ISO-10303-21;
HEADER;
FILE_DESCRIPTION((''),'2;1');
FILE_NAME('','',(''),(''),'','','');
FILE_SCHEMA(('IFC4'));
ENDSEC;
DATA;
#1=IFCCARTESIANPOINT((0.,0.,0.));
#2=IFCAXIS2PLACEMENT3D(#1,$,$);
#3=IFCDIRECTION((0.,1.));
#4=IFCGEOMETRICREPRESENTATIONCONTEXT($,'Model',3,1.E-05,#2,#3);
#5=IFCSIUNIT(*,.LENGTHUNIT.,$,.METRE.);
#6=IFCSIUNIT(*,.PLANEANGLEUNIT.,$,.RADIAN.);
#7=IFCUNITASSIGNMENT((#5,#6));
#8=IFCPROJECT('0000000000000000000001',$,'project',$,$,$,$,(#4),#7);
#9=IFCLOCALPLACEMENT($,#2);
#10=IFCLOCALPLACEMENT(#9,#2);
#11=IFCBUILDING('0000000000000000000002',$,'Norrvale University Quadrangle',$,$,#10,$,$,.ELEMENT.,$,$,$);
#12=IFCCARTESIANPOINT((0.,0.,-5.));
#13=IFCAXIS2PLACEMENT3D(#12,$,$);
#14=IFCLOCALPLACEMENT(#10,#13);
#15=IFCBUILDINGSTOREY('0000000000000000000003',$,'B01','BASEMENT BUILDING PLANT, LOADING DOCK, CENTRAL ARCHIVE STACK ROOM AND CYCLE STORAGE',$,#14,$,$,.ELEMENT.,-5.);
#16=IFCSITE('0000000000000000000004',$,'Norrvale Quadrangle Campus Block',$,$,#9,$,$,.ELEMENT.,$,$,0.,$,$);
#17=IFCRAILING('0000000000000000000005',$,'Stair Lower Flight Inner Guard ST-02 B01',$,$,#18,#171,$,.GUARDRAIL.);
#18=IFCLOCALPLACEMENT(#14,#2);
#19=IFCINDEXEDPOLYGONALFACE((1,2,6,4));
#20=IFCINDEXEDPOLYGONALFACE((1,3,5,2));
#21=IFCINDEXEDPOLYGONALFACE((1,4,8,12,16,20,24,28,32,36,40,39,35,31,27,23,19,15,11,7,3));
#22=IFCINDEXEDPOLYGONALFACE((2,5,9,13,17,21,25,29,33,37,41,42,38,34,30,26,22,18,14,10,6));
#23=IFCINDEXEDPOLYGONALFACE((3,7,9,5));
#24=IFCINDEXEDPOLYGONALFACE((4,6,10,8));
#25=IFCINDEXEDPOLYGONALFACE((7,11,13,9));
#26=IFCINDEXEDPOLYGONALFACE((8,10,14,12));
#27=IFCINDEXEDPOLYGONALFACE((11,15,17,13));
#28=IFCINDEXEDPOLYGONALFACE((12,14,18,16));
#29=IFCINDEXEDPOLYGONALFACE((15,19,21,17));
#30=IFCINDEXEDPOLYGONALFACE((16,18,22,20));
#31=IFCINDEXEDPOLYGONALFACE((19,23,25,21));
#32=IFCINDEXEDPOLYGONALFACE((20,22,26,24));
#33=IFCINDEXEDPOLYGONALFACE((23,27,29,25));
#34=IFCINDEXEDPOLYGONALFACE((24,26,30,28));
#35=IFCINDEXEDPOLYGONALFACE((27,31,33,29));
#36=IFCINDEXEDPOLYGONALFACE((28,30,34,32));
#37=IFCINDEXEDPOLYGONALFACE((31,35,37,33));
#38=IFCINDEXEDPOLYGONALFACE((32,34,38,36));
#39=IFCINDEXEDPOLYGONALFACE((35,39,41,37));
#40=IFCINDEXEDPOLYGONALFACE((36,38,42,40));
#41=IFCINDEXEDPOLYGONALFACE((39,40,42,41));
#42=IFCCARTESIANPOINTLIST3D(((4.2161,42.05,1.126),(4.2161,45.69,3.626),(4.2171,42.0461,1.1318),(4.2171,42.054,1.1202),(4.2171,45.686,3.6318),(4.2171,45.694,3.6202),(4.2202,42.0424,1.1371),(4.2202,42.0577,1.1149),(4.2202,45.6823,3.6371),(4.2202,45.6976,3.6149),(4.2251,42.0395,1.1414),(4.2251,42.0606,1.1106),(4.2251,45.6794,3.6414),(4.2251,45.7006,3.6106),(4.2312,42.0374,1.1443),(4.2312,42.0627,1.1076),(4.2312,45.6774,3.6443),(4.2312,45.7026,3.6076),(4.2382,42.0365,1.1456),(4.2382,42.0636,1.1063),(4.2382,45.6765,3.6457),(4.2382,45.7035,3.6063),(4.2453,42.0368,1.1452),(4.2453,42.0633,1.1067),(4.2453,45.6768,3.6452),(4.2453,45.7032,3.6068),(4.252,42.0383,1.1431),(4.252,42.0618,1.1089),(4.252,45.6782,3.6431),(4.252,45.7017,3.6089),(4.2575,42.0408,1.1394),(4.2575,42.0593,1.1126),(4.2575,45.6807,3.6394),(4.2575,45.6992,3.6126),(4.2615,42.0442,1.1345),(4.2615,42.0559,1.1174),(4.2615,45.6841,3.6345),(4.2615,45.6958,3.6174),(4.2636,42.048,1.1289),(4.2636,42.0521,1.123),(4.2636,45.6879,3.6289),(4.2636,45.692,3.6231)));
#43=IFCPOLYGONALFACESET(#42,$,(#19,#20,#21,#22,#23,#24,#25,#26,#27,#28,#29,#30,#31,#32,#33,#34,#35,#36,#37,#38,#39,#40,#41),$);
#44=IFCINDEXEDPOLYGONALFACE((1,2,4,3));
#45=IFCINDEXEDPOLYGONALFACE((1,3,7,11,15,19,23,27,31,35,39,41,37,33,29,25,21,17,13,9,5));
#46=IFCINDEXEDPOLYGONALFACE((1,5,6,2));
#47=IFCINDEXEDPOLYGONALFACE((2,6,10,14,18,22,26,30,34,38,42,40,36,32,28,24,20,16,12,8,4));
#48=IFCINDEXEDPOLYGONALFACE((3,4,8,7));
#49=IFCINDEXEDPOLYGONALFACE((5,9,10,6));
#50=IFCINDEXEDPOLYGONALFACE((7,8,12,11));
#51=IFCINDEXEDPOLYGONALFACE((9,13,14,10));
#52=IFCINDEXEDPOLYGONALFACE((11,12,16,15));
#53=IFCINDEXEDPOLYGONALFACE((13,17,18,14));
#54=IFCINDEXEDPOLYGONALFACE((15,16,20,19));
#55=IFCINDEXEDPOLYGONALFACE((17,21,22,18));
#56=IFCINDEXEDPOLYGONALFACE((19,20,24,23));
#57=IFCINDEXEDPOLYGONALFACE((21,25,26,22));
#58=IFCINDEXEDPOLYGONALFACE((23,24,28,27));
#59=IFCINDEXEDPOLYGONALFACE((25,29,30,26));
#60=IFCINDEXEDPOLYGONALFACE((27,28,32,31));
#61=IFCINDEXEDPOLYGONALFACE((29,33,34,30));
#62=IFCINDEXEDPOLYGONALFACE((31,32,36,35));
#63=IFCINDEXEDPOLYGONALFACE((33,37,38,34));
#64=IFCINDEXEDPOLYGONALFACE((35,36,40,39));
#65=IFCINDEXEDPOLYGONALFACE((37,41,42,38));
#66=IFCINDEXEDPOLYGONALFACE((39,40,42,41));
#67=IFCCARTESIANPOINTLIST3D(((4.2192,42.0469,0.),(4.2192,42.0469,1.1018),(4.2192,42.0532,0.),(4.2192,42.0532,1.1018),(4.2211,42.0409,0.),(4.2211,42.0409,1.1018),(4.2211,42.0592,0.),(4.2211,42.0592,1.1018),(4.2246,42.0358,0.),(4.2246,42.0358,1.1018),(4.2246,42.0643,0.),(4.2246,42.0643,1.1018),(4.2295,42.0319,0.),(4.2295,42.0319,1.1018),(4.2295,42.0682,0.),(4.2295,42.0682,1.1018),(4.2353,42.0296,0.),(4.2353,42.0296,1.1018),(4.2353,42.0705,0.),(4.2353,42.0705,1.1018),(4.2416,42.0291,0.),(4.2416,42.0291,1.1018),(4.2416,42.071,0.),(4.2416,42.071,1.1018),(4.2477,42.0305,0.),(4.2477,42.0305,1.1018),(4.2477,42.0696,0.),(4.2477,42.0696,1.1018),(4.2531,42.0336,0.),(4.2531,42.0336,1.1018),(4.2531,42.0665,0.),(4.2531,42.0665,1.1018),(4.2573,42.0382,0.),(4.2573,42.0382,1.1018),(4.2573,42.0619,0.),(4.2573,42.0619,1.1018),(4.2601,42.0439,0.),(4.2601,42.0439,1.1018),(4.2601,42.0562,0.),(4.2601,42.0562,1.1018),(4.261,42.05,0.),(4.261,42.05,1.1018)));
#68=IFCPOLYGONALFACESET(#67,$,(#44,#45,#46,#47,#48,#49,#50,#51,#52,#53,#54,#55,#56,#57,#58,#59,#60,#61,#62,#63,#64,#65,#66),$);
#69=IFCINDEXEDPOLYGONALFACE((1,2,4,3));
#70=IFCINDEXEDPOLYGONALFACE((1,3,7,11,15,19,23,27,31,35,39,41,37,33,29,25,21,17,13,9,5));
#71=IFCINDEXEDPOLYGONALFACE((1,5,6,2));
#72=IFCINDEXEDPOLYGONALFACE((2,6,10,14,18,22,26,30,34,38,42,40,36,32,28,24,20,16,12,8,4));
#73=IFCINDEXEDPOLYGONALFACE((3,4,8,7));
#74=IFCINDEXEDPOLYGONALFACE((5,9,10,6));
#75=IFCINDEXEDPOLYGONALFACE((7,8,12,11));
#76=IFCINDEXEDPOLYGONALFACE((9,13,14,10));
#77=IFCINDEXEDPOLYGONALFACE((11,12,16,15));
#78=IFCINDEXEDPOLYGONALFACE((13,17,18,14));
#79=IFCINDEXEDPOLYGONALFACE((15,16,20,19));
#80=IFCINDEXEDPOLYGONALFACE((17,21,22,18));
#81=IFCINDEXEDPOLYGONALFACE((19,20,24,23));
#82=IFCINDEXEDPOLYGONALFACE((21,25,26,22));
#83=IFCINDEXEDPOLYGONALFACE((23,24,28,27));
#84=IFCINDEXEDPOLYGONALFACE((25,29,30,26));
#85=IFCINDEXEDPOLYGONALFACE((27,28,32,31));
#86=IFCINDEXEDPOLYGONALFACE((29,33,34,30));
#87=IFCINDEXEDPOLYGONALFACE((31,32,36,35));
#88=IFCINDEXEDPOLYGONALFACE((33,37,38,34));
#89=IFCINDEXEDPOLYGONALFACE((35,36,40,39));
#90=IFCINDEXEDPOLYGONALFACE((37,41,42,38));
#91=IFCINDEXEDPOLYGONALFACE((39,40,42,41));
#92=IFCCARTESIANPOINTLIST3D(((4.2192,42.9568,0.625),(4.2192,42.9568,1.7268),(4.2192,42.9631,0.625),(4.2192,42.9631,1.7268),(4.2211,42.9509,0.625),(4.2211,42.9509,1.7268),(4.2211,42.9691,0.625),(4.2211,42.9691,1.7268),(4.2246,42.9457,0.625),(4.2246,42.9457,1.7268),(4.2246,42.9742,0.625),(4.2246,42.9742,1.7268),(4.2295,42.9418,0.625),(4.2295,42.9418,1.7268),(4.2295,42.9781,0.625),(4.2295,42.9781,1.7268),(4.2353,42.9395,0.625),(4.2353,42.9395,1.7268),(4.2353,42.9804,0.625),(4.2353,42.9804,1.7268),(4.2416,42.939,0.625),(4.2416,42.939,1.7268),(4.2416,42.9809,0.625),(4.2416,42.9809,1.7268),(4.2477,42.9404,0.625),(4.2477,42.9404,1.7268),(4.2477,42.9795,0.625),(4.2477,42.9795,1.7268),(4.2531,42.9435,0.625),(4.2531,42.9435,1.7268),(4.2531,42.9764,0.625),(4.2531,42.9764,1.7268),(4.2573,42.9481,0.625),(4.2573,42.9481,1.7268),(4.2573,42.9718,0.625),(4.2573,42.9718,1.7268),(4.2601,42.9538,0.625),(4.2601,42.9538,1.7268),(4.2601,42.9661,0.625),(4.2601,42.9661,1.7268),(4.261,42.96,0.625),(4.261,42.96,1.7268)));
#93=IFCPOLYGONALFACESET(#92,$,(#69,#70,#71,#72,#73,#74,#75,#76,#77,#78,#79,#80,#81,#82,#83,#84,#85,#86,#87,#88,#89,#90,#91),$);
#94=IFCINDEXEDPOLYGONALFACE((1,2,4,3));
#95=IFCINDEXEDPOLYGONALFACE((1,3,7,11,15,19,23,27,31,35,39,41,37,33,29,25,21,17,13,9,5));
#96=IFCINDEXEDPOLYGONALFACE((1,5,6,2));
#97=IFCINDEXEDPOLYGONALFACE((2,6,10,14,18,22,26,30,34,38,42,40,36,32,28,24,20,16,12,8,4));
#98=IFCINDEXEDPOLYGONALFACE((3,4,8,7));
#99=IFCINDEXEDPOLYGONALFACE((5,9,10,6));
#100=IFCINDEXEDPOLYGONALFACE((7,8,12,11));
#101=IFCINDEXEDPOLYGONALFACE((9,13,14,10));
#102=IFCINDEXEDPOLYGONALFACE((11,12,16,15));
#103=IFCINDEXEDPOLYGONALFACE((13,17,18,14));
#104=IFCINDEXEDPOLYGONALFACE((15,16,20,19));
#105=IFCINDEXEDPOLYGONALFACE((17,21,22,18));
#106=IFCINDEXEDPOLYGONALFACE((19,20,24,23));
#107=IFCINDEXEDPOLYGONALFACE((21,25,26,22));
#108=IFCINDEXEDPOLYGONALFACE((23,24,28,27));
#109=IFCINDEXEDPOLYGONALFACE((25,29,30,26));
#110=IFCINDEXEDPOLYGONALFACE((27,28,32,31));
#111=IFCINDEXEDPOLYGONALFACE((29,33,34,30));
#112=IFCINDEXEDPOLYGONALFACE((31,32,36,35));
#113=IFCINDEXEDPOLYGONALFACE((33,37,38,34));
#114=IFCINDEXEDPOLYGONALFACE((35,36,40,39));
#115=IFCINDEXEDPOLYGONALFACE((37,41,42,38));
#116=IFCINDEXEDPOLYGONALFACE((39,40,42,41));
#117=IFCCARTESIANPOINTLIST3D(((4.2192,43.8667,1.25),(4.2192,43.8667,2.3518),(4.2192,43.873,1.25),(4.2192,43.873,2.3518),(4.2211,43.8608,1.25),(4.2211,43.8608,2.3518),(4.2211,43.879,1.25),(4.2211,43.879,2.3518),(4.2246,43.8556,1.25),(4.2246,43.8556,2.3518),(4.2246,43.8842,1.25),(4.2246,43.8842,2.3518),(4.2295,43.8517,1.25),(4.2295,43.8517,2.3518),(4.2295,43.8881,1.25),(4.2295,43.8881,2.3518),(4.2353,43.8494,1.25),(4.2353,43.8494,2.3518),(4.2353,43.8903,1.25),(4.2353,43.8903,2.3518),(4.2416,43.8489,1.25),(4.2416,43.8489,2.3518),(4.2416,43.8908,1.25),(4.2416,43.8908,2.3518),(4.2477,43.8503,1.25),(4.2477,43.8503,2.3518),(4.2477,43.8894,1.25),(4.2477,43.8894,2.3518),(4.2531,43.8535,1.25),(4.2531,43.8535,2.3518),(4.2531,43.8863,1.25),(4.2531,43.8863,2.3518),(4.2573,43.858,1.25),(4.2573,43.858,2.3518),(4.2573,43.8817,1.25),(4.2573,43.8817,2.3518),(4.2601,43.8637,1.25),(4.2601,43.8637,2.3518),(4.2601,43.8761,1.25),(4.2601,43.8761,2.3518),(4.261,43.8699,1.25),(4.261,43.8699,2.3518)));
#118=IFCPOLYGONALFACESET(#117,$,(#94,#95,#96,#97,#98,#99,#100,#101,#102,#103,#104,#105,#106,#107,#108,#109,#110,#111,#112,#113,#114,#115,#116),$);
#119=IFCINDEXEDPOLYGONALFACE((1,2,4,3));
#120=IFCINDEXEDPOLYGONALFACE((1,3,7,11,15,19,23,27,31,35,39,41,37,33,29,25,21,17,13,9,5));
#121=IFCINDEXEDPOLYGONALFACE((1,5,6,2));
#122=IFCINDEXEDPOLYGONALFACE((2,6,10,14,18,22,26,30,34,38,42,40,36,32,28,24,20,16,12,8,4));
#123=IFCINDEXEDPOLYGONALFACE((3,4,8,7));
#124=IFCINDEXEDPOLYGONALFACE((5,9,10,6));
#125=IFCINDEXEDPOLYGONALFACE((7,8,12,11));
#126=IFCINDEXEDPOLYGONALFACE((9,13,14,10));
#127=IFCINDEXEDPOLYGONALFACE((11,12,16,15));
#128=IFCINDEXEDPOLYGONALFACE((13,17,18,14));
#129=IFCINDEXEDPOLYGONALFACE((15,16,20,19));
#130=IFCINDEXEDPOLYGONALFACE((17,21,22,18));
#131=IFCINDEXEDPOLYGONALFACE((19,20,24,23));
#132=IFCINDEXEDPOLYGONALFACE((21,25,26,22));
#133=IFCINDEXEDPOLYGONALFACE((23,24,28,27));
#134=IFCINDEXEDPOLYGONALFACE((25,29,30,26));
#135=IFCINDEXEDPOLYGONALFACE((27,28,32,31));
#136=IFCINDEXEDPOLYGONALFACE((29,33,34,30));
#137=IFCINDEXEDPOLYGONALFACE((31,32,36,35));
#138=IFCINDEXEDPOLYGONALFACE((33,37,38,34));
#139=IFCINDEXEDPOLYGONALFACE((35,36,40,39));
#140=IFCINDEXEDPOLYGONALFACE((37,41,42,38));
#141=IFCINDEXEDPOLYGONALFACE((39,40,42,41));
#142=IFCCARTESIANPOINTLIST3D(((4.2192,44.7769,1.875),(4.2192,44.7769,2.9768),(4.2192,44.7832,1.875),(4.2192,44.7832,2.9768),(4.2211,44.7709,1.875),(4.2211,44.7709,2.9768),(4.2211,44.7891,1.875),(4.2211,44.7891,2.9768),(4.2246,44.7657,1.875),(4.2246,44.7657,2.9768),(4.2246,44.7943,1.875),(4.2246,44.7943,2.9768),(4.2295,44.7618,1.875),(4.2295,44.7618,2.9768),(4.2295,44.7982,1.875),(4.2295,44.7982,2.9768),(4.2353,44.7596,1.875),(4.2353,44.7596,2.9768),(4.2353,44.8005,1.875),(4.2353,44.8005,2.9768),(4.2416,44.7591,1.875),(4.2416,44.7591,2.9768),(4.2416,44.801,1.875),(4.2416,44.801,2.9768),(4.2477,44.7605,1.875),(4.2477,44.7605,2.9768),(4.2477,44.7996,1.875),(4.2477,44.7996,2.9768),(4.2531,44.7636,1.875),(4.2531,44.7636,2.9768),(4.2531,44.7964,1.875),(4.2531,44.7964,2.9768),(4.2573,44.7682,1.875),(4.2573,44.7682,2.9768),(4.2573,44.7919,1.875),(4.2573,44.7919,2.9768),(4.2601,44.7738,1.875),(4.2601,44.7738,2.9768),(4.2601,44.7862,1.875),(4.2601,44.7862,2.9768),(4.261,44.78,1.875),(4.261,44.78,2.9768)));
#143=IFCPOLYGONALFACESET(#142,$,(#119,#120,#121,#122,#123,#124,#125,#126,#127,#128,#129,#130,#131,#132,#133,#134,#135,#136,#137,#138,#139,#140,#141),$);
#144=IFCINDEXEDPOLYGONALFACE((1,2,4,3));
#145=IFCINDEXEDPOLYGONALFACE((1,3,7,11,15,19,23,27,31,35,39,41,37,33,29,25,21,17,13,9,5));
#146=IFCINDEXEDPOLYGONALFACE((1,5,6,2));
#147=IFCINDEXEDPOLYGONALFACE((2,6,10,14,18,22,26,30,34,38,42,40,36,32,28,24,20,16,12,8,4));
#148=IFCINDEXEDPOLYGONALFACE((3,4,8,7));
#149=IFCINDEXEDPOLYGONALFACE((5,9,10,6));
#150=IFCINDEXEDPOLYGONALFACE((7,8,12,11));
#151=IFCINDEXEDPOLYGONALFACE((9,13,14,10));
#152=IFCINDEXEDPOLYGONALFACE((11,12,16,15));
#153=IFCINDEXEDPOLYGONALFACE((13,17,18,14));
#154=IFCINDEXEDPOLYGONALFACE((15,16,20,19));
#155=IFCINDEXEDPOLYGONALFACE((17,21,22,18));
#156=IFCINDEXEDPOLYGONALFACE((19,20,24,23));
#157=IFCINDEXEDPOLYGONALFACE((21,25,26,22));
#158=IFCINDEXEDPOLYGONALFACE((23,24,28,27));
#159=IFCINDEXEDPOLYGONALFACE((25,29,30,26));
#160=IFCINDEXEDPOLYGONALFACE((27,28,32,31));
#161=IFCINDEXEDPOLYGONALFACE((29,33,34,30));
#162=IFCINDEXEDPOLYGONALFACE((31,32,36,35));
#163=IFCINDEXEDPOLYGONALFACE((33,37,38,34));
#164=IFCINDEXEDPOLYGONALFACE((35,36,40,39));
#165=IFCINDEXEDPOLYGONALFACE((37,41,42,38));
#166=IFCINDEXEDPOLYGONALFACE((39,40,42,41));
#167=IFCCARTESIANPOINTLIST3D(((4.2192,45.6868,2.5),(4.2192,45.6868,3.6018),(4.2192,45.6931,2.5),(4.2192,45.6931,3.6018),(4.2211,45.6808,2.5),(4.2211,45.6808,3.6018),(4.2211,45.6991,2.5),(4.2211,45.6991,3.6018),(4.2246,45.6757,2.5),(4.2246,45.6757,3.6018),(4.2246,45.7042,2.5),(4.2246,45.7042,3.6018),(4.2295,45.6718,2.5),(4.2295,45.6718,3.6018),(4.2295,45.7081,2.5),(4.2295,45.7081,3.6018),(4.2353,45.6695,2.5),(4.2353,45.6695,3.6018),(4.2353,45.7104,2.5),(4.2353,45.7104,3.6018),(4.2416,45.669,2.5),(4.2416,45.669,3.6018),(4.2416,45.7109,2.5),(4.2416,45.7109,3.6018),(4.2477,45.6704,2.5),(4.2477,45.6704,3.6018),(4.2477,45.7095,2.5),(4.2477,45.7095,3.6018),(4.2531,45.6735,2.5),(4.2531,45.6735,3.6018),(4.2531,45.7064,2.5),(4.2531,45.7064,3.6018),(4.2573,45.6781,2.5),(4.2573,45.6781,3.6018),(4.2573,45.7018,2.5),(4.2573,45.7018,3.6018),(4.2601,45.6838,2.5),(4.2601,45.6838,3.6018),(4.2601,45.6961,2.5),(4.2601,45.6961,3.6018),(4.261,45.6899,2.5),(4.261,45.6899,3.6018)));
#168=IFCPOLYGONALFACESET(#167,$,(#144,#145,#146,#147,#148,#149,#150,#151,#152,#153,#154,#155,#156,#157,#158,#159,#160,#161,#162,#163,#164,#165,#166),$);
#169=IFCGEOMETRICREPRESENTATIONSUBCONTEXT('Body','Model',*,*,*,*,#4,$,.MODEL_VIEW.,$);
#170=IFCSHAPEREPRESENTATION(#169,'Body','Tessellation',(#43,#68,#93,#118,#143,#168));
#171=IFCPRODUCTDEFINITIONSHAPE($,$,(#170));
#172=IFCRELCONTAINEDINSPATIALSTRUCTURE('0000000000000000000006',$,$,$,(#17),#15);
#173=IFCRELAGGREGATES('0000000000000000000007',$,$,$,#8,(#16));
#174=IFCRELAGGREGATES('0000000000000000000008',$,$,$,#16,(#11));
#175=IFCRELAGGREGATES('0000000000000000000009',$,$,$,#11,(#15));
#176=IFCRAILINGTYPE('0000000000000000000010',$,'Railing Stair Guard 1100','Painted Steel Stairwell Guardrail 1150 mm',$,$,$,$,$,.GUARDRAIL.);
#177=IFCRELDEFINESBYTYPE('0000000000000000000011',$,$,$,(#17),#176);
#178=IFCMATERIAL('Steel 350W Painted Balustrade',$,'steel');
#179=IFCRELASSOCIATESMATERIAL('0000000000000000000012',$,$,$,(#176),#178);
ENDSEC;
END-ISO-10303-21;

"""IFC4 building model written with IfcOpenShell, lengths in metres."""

from ifc_helpers import new_model, si_unit, direction, frame, origin, origin_2d, place, context, subcontext, project, spatial, circle, extrude, material, type_object, element, save


model = new_model("IFC4")

# Units and contexts
model_context = context("Model", 3, precision=1e-05, world=origin(), true_north=direction((0.0, 1.0)))
body_context = subcontext(model_context, "Body", "Model", "MODEL_VIEW")
ifc_project = project(units=[si_unit("LENGTHUNIT", "METRE"), si_unit("PLANEANGLEUNIT", "RADIAN")], contexts=[model_context])

# Site, building, storey
site_placement = place(None, origin())
site = spatial("IfcSite", under=ifc_project, at=site_placement, Name="Norrvale Quadrangle Campus Block", CompositionType="ELEMENT", RefElevation=0.0)
building_placement = place(site_placement, origin())
building = spatial("IfcBuilding", under=site, at=building_placement, Name="Norrvale University Quadrangle", CompositionType="ELEMENT")
storey_placement = place(building_placement, frame((0.0, 0.0, -5.0)))
storey = spatial("IfcBuildingStorey", under=building, at=storey_placement, Name="B01", Description="BASEMENT BUILDING PLANT, LOADING DOCK, CENTRAL ARCHIVE STACK ROOM AND CYCLE STORAGE", CompositionType="ELEMENT", Elevation=-5.0)

# Railing
ifc_material_1 = material(Name="Steel 350W Painted Balustrade", Category="steel")
railing_type_1 = type_object("IfcRailingType", Name="Railing Stair Guard 1100", Description="Painted Steel Stairwell Guardrail 1150 mm", PredefinedType="GUARDRAIL", material=ifc_material_1)
railing_1_placement = place(storey_placement, frame((4.24, 42.05, 0.0)))
element("IfcRailing", 1, at=railing_1_placement, inside=storey, type_object=railing_type_1, Name="Stair Lower Flight Inner Guard ST-02 B01", PredefinedType="GUARDRAIL", context=body_context, shape_type="SweptSolid", body=[
    extrude(circle(Radius=0.0239, at=origin_2d()), frame((0.0, 0.0, 1.126), z_axis=(0.0, 0.824298, 0.566156), x_axis=(-1.0, 0.0, 0.0)), (0.0, 0.0, 1.0), 4.4158),
    extrude(circle(Radius=0.021, at=origin_2d()), origin(), (0.0, 0.0, 1.0), 1.1018),
    extrude(circle(Radius=0.021, at=origin_2d()), frame((0.0, 0.9099, 0.625)), (0.0, 0.0, 1.0), 1.1018),
    extrude(circle(Radius=0.021, at=origin_2d()), frame((0.0, 1.8198, 1.25)), (0.0, 0.0, 1.0), 1.1018),
    extrude(circle(Radius=0.021, at=origin_2d()), frame((0.0, 2.73, 1.875)), (0.0, 0.0, 1.0), 1.1018),
    extrude(circle(Radius=0.021, at=origin_2d()), frame((0.0, 3.6399, 2.5)), (0.0, 0.0, 1.0), 1.1018),
])

save(model, "model.ifc")
